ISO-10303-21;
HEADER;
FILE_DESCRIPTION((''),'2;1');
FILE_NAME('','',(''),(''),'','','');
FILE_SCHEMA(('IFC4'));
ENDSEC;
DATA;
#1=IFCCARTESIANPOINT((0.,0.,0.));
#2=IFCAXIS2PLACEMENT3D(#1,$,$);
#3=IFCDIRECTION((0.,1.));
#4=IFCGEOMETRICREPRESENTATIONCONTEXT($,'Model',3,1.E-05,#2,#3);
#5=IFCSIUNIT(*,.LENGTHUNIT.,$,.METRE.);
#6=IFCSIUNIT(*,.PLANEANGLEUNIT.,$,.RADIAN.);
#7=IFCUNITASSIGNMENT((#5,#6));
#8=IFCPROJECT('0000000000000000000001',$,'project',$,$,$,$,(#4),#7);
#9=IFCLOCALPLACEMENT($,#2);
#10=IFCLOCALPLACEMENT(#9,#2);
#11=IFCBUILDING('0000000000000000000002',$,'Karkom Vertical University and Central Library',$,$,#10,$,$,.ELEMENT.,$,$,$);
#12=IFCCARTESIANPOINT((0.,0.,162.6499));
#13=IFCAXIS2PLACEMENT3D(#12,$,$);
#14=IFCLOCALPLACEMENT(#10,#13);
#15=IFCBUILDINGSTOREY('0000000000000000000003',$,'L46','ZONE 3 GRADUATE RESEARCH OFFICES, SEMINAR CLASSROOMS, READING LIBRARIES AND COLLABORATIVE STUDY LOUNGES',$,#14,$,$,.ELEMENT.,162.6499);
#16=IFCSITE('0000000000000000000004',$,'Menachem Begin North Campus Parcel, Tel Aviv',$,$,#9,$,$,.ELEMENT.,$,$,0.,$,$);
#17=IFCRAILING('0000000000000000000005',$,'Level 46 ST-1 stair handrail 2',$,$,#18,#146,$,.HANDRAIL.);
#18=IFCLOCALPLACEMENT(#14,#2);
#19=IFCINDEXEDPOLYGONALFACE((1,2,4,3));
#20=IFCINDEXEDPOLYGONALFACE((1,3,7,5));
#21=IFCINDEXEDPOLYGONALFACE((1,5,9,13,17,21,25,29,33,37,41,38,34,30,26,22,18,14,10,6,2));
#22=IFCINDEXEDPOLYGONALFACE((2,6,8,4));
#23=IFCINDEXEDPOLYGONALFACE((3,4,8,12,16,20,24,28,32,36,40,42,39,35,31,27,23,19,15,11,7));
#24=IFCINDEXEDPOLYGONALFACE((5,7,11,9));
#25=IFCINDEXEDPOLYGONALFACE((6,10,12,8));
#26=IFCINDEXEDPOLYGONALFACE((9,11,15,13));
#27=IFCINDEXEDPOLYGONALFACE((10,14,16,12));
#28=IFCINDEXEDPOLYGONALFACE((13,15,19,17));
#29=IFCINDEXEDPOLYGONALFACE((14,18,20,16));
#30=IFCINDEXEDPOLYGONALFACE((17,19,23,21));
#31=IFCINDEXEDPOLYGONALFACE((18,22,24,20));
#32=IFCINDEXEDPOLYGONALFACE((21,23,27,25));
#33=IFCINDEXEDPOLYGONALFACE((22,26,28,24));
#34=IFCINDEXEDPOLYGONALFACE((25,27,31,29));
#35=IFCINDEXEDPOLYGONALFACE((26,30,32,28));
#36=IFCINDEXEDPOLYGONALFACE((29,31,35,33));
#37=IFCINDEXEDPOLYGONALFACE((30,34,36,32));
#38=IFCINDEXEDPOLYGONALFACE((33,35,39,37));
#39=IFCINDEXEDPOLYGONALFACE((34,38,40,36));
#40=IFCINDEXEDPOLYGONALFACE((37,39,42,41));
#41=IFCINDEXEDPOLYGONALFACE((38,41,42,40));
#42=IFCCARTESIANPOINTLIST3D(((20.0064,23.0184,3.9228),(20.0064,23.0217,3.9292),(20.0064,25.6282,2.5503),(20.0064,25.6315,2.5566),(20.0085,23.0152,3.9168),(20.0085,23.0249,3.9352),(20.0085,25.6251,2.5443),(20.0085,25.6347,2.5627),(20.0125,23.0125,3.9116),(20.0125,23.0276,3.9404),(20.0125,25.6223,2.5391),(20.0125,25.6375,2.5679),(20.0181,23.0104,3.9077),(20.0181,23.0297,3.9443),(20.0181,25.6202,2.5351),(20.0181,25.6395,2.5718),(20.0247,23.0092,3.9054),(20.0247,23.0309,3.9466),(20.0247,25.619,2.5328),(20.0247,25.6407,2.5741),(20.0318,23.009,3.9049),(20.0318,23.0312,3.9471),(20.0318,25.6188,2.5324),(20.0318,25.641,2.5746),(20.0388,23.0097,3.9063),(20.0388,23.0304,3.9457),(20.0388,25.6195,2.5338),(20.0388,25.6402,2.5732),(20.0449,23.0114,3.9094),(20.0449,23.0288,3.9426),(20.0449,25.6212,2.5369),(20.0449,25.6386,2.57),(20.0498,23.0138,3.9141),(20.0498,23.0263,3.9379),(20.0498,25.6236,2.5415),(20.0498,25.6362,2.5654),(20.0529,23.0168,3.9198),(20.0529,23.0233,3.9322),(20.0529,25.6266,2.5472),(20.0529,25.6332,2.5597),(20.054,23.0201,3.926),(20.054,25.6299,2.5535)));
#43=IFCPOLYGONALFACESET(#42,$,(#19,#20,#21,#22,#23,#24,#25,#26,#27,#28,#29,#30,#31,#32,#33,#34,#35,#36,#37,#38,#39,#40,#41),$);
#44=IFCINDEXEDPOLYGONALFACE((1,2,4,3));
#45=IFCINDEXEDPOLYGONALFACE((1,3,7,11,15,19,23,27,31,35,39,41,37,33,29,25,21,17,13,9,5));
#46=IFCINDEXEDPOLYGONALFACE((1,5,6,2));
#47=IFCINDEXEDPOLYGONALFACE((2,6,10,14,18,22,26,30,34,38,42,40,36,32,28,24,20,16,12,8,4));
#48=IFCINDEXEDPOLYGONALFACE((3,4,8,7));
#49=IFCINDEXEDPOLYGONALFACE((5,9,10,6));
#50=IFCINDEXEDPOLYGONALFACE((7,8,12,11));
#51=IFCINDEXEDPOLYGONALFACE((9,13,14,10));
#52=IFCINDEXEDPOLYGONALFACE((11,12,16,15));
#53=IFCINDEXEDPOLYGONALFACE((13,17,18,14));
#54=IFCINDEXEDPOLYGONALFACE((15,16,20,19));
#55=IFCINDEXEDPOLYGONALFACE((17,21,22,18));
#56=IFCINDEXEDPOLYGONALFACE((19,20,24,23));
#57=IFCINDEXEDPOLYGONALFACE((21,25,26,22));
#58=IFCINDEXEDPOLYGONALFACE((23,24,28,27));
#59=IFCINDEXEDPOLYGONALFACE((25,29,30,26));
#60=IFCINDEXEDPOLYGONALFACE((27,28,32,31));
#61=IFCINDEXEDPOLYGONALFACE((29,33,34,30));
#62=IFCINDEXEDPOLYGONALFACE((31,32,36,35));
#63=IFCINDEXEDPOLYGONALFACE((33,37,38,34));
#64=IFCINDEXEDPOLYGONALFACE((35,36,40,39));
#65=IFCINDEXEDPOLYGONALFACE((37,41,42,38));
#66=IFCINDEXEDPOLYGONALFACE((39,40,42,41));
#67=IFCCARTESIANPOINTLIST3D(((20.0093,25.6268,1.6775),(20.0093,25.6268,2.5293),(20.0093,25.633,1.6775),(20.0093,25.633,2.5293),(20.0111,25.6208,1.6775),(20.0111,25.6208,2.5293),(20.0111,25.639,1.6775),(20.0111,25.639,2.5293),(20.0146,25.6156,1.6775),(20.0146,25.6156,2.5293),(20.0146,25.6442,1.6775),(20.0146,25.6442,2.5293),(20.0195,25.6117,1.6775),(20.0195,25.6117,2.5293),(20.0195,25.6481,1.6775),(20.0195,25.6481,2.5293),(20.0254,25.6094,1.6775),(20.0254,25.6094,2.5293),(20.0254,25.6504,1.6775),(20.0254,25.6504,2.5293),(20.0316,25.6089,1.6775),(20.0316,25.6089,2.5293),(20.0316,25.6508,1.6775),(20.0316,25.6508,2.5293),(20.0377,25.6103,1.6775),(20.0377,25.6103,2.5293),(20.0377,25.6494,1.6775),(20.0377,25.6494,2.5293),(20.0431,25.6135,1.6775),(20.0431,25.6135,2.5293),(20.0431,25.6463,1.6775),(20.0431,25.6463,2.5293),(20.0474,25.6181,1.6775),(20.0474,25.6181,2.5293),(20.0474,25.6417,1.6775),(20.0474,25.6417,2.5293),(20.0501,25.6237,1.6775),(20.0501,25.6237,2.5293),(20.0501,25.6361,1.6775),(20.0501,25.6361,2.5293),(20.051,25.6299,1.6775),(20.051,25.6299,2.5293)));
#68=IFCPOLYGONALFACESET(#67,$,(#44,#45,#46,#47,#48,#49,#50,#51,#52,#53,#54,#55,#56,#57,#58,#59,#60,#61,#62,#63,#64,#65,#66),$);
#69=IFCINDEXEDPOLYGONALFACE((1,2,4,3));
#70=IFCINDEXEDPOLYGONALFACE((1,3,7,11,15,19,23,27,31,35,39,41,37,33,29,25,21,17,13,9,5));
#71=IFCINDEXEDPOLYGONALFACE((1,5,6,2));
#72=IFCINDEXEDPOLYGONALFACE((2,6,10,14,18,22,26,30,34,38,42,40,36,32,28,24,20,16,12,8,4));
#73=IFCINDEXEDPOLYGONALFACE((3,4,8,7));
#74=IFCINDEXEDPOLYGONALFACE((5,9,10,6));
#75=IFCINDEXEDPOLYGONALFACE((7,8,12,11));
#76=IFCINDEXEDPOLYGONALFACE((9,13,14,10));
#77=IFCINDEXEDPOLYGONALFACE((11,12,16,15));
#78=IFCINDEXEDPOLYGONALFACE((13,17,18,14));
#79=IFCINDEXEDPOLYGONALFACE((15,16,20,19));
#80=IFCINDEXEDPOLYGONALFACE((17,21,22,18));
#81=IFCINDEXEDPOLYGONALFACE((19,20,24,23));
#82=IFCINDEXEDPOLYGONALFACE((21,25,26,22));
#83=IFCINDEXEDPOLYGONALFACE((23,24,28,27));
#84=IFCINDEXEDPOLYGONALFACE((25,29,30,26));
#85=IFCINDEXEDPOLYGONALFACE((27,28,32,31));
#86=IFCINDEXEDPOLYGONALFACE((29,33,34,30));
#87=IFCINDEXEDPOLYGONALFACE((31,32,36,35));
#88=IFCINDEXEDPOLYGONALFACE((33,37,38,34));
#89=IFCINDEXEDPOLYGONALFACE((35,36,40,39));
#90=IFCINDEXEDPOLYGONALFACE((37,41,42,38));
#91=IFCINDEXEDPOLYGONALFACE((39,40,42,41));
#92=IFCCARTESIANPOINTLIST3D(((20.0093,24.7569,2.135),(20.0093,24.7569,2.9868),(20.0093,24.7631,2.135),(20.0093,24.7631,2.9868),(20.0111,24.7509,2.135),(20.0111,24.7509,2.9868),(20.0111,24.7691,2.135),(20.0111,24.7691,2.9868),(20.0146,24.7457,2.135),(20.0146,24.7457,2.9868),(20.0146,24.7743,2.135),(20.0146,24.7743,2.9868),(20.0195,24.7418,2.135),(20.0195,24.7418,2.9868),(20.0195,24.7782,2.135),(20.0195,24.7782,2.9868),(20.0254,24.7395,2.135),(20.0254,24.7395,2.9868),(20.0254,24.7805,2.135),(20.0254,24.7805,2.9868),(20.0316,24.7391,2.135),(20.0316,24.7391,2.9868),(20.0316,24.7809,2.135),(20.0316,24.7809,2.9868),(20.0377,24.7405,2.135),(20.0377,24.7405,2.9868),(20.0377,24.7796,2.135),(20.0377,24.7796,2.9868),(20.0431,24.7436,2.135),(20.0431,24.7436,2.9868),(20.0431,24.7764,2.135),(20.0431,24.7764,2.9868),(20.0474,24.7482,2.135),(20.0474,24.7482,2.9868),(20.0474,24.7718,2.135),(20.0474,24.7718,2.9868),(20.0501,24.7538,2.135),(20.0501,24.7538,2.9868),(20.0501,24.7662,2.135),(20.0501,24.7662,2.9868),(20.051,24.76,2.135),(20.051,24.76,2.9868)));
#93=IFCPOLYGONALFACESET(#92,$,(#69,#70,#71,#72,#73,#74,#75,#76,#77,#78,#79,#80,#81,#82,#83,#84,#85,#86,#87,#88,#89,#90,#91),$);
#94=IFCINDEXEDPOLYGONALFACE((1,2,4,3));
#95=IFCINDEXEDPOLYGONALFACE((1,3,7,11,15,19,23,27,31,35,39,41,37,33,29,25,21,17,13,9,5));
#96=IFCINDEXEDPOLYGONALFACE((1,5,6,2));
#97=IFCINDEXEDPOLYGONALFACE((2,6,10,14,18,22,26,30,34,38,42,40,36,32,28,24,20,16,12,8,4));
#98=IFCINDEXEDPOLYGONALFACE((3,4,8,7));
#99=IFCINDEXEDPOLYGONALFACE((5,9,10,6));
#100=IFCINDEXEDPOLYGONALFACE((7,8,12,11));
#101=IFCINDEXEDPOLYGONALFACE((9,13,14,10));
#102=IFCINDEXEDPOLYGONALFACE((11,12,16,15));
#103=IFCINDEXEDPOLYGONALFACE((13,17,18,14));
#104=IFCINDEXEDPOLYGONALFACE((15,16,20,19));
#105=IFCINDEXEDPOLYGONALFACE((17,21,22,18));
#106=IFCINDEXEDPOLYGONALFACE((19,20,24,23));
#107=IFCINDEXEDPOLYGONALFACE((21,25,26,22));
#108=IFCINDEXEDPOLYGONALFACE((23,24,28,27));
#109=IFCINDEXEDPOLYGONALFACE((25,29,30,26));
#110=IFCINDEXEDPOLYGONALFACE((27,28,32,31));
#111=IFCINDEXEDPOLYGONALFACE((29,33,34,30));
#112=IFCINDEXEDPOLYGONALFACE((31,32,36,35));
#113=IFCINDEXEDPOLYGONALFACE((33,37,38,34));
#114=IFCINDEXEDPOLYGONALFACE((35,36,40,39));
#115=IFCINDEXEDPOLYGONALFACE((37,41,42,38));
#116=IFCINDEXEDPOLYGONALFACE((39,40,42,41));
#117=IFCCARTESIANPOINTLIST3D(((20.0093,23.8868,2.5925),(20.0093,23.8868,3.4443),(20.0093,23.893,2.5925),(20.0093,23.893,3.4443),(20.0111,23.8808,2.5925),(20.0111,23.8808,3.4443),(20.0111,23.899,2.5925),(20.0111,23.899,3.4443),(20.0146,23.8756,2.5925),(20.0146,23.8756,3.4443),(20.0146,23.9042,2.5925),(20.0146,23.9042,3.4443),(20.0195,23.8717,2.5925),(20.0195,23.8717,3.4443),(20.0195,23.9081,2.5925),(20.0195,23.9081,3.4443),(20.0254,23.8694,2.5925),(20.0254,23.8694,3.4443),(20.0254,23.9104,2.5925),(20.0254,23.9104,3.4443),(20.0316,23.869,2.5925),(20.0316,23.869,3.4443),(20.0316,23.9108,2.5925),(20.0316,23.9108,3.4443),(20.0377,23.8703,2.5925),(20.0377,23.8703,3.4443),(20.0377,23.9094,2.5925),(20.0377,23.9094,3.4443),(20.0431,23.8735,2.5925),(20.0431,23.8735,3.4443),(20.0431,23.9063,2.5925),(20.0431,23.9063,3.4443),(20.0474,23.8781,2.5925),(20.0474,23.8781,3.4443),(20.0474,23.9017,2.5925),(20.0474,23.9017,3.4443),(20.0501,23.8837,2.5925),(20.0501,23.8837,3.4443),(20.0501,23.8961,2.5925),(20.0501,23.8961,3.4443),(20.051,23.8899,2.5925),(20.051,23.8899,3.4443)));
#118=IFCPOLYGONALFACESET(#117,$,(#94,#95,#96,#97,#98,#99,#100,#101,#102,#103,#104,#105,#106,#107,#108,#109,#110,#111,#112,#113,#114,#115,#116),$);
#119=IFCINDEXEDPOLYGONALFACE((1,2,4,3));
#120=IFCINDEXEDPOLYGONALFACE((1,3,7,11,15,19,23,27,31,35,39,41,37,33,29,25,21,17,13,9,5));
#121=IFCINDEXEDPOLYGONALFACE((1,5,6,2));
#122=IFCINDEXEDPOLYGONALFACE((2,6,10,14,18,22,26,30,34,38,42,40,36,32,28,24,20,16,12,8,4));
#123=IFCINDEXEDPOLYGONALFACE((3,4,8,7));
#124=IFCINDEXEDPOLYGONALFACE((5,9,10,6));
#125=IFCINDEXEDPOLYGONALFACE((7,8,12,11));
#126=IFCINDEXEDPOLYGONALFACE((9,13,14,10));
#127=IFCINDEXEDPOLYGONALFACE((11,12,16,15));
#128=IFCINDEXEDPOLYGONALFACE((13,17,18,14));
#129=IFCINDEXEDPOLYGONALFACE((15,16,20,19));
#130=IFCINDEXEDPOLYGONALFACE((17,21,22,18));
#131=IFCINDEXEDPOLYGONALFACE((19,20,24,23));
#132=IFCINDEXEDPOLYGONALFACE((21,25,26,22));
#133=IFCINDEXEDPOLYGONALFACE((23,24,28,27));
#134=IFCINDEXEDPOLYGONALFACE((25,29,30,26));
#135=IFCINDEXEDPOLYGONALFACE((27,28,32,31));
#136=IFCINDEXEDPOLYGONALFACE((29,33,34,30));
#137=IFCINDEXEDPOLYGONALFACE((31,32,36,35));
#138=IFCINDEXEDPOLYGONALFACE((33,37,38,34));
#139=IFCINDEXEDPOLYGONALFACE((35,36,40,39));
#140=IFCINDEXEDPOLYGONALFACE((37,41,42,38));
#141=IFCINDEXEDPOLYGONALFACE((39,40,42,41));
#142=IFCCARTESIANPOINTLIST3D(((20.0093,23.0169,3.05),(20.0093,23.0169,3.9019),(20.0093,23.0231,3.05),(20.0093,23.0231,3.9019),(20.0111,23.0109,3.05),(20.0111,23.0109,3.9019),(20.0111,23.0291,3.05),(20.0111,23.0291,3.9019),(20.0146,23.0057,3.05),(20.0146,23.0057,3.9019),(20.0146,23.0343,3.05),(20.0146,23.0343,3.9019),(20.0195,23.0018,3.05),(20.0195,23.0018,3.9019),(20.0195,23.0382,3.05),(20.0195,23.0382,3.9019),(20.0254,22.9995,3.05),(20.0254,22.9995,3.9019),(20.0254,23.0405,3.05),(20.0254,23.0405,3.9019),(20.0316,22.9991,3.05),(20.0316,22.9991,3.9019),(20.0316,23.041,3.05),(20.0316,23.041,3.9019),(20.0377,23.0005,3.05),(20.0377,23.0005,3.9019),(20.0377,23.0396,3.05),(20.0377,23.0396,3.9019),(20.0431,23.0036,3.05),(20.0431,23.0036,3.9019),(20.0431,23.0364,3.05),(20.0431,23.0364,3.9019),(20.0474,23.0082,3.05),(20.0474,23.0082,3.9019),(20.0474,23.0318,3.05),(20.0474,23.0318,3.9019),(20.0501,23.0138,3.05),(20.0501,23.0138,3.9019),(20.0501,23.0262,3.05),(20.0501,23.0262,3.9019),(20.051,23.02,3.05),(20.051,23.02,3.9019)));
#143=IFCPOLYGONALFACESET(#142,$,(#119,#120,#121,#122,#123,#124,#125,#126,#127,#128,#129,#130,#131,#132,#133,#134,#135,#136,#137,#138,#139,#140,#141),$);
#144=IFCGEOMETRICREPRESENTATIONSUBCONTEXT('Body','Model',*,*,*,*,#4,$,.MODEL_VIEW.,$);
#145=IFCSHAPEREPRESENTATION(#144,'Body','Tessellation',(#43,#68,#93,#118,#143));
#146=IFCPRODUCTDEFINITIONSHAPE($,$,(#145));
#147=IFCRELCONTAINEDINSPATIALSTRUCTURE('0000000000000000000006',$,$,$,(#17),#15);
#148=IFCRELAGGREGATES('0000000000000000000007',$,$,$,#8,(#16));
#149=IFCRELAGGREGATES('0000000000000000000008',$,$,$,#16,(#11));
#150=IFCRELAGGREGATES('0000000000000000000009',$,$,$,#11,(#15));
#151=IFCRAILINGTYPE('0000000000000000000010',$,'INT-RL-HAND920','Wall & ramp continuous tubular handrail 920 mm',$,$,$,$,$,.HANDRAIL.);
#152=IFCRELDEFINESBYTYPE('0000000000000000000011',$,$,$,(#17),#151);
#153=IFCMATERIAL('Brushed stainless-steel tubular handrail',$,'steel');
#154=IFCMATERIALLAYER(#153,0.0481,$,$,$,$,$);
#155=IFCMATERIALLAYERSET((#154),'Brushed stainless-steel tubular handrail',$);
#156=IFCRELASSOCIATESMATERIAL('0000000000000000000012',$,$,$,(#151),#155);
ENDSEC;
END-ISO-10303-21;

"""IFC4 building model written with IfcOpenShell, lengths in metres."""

from ifc_helpers import new_model, si_unit, direction, frame, origin, origin_2d, place, context, subcontext, project, spatial, circle, extrude, material, layer, layer_set, type_object, element, save


model = new_model("IFC4")

# Units and contexts
model_context = context("Model", 3, precision=1e-05, world=origin(), true_north=direction((0.0, 1.0)))
body_context = subcontext(model_context, "Body", "Model", "MODEL_VIEW")
ifc_project = project(units=[si_unit("LENGTHUNIT", "METRE"), si_unit("PLANEANGLEUNIT", "RADIAN")], contexts=[model_context])

# Site, building, storey
site_placement = place(None, origin())
site = spatial("IfcSite", under=ifc_project, at=site_placement, Name="Menachem Begin North Campus Parcel, Tel Aviv", CompositionType="ELEMENT", RefElevation=0.0)
building_placement = place(site_placement, origin())
building = spatial("IfcBuilding", under=site, at=building_placement, Name="Karkom Vertical University and Central Library", CompositionType="ELEMENT")
storey_placement = place(building_placement, frame((0.0, 0.0, 162.6499)))
storey = spatial("IfcBuildingStorey", under=building, at=storey_placement, Name="L46", Description="ZONE 3 GRADUATE RESEARCH OFFICES, SEMINAR CLASSROOMS, READING LIBRARIES AND COLLABORATIVE STUDY LOUNGES", CompositionType="ELEMENT", Elevation=162.6499)

# Railing
ifc_material_1 = material(Name="Brushed stainless-steel tubular handrail", Category="steel")
ifc_layer_1 = layer(ifc_material_1, 0.0481)
ifc_layer_set_1 = layer_set([ifc_layer_1], Name="Brushed stainless-steel tubular handrail")
railing_type_1 = type_object("IfcRailingType", Name="INT-RL-HAND920", Description="Wall & ramp continuous tubular handrail 920 mm", PredefinedType="HANDRAIL", material=ifc_layer_set_1)
railing_1_placement = place(storey_placement, frame((20.03, 25.6299, 1.6775)))
element("IfcRailing", 1, at=railing_1_placement, inside=storey, type_object=railing_type_1, Name="Level 46 ST-1 stair handrail 2", PredefinedType="HANDRAIL", context=body_context, shape_type="SweptSolid", body=[
    extrude(circle(Radius=0.0239, at=origin_2d()), frame((0.0, 0.0, 0.876), z_axis=(0.0, -0.885065, 0.465467), x_axis=(1.0, 0.0, 0.0)), (0.0, 0.0, 1.0), 2.9487),
    extrude(circle(Radius=0.021, at=origin_2d()), origin(), (0.0, 0.0, 1.0), 0.8518),
    extrude(circle(Radius=0.021, at=origin_2d()), frame((0.0, -0.8699, 0.4575)), (0.0, 0.0, 1.0), 0.8518),
    extrude(circle(Radius=0.021, at=origin_2d()), frame((0.0, -1.74, 0.915)), (0.0, 0.0, 1.0), 0.8518),
    extrude(circle(Radius=0.021, at=origin_2d()), frame((0.0, -2.6099, 1.3726)), (0.0, 0.0, 1.0), 0.8518),
])

save(model, "model.ifc")
